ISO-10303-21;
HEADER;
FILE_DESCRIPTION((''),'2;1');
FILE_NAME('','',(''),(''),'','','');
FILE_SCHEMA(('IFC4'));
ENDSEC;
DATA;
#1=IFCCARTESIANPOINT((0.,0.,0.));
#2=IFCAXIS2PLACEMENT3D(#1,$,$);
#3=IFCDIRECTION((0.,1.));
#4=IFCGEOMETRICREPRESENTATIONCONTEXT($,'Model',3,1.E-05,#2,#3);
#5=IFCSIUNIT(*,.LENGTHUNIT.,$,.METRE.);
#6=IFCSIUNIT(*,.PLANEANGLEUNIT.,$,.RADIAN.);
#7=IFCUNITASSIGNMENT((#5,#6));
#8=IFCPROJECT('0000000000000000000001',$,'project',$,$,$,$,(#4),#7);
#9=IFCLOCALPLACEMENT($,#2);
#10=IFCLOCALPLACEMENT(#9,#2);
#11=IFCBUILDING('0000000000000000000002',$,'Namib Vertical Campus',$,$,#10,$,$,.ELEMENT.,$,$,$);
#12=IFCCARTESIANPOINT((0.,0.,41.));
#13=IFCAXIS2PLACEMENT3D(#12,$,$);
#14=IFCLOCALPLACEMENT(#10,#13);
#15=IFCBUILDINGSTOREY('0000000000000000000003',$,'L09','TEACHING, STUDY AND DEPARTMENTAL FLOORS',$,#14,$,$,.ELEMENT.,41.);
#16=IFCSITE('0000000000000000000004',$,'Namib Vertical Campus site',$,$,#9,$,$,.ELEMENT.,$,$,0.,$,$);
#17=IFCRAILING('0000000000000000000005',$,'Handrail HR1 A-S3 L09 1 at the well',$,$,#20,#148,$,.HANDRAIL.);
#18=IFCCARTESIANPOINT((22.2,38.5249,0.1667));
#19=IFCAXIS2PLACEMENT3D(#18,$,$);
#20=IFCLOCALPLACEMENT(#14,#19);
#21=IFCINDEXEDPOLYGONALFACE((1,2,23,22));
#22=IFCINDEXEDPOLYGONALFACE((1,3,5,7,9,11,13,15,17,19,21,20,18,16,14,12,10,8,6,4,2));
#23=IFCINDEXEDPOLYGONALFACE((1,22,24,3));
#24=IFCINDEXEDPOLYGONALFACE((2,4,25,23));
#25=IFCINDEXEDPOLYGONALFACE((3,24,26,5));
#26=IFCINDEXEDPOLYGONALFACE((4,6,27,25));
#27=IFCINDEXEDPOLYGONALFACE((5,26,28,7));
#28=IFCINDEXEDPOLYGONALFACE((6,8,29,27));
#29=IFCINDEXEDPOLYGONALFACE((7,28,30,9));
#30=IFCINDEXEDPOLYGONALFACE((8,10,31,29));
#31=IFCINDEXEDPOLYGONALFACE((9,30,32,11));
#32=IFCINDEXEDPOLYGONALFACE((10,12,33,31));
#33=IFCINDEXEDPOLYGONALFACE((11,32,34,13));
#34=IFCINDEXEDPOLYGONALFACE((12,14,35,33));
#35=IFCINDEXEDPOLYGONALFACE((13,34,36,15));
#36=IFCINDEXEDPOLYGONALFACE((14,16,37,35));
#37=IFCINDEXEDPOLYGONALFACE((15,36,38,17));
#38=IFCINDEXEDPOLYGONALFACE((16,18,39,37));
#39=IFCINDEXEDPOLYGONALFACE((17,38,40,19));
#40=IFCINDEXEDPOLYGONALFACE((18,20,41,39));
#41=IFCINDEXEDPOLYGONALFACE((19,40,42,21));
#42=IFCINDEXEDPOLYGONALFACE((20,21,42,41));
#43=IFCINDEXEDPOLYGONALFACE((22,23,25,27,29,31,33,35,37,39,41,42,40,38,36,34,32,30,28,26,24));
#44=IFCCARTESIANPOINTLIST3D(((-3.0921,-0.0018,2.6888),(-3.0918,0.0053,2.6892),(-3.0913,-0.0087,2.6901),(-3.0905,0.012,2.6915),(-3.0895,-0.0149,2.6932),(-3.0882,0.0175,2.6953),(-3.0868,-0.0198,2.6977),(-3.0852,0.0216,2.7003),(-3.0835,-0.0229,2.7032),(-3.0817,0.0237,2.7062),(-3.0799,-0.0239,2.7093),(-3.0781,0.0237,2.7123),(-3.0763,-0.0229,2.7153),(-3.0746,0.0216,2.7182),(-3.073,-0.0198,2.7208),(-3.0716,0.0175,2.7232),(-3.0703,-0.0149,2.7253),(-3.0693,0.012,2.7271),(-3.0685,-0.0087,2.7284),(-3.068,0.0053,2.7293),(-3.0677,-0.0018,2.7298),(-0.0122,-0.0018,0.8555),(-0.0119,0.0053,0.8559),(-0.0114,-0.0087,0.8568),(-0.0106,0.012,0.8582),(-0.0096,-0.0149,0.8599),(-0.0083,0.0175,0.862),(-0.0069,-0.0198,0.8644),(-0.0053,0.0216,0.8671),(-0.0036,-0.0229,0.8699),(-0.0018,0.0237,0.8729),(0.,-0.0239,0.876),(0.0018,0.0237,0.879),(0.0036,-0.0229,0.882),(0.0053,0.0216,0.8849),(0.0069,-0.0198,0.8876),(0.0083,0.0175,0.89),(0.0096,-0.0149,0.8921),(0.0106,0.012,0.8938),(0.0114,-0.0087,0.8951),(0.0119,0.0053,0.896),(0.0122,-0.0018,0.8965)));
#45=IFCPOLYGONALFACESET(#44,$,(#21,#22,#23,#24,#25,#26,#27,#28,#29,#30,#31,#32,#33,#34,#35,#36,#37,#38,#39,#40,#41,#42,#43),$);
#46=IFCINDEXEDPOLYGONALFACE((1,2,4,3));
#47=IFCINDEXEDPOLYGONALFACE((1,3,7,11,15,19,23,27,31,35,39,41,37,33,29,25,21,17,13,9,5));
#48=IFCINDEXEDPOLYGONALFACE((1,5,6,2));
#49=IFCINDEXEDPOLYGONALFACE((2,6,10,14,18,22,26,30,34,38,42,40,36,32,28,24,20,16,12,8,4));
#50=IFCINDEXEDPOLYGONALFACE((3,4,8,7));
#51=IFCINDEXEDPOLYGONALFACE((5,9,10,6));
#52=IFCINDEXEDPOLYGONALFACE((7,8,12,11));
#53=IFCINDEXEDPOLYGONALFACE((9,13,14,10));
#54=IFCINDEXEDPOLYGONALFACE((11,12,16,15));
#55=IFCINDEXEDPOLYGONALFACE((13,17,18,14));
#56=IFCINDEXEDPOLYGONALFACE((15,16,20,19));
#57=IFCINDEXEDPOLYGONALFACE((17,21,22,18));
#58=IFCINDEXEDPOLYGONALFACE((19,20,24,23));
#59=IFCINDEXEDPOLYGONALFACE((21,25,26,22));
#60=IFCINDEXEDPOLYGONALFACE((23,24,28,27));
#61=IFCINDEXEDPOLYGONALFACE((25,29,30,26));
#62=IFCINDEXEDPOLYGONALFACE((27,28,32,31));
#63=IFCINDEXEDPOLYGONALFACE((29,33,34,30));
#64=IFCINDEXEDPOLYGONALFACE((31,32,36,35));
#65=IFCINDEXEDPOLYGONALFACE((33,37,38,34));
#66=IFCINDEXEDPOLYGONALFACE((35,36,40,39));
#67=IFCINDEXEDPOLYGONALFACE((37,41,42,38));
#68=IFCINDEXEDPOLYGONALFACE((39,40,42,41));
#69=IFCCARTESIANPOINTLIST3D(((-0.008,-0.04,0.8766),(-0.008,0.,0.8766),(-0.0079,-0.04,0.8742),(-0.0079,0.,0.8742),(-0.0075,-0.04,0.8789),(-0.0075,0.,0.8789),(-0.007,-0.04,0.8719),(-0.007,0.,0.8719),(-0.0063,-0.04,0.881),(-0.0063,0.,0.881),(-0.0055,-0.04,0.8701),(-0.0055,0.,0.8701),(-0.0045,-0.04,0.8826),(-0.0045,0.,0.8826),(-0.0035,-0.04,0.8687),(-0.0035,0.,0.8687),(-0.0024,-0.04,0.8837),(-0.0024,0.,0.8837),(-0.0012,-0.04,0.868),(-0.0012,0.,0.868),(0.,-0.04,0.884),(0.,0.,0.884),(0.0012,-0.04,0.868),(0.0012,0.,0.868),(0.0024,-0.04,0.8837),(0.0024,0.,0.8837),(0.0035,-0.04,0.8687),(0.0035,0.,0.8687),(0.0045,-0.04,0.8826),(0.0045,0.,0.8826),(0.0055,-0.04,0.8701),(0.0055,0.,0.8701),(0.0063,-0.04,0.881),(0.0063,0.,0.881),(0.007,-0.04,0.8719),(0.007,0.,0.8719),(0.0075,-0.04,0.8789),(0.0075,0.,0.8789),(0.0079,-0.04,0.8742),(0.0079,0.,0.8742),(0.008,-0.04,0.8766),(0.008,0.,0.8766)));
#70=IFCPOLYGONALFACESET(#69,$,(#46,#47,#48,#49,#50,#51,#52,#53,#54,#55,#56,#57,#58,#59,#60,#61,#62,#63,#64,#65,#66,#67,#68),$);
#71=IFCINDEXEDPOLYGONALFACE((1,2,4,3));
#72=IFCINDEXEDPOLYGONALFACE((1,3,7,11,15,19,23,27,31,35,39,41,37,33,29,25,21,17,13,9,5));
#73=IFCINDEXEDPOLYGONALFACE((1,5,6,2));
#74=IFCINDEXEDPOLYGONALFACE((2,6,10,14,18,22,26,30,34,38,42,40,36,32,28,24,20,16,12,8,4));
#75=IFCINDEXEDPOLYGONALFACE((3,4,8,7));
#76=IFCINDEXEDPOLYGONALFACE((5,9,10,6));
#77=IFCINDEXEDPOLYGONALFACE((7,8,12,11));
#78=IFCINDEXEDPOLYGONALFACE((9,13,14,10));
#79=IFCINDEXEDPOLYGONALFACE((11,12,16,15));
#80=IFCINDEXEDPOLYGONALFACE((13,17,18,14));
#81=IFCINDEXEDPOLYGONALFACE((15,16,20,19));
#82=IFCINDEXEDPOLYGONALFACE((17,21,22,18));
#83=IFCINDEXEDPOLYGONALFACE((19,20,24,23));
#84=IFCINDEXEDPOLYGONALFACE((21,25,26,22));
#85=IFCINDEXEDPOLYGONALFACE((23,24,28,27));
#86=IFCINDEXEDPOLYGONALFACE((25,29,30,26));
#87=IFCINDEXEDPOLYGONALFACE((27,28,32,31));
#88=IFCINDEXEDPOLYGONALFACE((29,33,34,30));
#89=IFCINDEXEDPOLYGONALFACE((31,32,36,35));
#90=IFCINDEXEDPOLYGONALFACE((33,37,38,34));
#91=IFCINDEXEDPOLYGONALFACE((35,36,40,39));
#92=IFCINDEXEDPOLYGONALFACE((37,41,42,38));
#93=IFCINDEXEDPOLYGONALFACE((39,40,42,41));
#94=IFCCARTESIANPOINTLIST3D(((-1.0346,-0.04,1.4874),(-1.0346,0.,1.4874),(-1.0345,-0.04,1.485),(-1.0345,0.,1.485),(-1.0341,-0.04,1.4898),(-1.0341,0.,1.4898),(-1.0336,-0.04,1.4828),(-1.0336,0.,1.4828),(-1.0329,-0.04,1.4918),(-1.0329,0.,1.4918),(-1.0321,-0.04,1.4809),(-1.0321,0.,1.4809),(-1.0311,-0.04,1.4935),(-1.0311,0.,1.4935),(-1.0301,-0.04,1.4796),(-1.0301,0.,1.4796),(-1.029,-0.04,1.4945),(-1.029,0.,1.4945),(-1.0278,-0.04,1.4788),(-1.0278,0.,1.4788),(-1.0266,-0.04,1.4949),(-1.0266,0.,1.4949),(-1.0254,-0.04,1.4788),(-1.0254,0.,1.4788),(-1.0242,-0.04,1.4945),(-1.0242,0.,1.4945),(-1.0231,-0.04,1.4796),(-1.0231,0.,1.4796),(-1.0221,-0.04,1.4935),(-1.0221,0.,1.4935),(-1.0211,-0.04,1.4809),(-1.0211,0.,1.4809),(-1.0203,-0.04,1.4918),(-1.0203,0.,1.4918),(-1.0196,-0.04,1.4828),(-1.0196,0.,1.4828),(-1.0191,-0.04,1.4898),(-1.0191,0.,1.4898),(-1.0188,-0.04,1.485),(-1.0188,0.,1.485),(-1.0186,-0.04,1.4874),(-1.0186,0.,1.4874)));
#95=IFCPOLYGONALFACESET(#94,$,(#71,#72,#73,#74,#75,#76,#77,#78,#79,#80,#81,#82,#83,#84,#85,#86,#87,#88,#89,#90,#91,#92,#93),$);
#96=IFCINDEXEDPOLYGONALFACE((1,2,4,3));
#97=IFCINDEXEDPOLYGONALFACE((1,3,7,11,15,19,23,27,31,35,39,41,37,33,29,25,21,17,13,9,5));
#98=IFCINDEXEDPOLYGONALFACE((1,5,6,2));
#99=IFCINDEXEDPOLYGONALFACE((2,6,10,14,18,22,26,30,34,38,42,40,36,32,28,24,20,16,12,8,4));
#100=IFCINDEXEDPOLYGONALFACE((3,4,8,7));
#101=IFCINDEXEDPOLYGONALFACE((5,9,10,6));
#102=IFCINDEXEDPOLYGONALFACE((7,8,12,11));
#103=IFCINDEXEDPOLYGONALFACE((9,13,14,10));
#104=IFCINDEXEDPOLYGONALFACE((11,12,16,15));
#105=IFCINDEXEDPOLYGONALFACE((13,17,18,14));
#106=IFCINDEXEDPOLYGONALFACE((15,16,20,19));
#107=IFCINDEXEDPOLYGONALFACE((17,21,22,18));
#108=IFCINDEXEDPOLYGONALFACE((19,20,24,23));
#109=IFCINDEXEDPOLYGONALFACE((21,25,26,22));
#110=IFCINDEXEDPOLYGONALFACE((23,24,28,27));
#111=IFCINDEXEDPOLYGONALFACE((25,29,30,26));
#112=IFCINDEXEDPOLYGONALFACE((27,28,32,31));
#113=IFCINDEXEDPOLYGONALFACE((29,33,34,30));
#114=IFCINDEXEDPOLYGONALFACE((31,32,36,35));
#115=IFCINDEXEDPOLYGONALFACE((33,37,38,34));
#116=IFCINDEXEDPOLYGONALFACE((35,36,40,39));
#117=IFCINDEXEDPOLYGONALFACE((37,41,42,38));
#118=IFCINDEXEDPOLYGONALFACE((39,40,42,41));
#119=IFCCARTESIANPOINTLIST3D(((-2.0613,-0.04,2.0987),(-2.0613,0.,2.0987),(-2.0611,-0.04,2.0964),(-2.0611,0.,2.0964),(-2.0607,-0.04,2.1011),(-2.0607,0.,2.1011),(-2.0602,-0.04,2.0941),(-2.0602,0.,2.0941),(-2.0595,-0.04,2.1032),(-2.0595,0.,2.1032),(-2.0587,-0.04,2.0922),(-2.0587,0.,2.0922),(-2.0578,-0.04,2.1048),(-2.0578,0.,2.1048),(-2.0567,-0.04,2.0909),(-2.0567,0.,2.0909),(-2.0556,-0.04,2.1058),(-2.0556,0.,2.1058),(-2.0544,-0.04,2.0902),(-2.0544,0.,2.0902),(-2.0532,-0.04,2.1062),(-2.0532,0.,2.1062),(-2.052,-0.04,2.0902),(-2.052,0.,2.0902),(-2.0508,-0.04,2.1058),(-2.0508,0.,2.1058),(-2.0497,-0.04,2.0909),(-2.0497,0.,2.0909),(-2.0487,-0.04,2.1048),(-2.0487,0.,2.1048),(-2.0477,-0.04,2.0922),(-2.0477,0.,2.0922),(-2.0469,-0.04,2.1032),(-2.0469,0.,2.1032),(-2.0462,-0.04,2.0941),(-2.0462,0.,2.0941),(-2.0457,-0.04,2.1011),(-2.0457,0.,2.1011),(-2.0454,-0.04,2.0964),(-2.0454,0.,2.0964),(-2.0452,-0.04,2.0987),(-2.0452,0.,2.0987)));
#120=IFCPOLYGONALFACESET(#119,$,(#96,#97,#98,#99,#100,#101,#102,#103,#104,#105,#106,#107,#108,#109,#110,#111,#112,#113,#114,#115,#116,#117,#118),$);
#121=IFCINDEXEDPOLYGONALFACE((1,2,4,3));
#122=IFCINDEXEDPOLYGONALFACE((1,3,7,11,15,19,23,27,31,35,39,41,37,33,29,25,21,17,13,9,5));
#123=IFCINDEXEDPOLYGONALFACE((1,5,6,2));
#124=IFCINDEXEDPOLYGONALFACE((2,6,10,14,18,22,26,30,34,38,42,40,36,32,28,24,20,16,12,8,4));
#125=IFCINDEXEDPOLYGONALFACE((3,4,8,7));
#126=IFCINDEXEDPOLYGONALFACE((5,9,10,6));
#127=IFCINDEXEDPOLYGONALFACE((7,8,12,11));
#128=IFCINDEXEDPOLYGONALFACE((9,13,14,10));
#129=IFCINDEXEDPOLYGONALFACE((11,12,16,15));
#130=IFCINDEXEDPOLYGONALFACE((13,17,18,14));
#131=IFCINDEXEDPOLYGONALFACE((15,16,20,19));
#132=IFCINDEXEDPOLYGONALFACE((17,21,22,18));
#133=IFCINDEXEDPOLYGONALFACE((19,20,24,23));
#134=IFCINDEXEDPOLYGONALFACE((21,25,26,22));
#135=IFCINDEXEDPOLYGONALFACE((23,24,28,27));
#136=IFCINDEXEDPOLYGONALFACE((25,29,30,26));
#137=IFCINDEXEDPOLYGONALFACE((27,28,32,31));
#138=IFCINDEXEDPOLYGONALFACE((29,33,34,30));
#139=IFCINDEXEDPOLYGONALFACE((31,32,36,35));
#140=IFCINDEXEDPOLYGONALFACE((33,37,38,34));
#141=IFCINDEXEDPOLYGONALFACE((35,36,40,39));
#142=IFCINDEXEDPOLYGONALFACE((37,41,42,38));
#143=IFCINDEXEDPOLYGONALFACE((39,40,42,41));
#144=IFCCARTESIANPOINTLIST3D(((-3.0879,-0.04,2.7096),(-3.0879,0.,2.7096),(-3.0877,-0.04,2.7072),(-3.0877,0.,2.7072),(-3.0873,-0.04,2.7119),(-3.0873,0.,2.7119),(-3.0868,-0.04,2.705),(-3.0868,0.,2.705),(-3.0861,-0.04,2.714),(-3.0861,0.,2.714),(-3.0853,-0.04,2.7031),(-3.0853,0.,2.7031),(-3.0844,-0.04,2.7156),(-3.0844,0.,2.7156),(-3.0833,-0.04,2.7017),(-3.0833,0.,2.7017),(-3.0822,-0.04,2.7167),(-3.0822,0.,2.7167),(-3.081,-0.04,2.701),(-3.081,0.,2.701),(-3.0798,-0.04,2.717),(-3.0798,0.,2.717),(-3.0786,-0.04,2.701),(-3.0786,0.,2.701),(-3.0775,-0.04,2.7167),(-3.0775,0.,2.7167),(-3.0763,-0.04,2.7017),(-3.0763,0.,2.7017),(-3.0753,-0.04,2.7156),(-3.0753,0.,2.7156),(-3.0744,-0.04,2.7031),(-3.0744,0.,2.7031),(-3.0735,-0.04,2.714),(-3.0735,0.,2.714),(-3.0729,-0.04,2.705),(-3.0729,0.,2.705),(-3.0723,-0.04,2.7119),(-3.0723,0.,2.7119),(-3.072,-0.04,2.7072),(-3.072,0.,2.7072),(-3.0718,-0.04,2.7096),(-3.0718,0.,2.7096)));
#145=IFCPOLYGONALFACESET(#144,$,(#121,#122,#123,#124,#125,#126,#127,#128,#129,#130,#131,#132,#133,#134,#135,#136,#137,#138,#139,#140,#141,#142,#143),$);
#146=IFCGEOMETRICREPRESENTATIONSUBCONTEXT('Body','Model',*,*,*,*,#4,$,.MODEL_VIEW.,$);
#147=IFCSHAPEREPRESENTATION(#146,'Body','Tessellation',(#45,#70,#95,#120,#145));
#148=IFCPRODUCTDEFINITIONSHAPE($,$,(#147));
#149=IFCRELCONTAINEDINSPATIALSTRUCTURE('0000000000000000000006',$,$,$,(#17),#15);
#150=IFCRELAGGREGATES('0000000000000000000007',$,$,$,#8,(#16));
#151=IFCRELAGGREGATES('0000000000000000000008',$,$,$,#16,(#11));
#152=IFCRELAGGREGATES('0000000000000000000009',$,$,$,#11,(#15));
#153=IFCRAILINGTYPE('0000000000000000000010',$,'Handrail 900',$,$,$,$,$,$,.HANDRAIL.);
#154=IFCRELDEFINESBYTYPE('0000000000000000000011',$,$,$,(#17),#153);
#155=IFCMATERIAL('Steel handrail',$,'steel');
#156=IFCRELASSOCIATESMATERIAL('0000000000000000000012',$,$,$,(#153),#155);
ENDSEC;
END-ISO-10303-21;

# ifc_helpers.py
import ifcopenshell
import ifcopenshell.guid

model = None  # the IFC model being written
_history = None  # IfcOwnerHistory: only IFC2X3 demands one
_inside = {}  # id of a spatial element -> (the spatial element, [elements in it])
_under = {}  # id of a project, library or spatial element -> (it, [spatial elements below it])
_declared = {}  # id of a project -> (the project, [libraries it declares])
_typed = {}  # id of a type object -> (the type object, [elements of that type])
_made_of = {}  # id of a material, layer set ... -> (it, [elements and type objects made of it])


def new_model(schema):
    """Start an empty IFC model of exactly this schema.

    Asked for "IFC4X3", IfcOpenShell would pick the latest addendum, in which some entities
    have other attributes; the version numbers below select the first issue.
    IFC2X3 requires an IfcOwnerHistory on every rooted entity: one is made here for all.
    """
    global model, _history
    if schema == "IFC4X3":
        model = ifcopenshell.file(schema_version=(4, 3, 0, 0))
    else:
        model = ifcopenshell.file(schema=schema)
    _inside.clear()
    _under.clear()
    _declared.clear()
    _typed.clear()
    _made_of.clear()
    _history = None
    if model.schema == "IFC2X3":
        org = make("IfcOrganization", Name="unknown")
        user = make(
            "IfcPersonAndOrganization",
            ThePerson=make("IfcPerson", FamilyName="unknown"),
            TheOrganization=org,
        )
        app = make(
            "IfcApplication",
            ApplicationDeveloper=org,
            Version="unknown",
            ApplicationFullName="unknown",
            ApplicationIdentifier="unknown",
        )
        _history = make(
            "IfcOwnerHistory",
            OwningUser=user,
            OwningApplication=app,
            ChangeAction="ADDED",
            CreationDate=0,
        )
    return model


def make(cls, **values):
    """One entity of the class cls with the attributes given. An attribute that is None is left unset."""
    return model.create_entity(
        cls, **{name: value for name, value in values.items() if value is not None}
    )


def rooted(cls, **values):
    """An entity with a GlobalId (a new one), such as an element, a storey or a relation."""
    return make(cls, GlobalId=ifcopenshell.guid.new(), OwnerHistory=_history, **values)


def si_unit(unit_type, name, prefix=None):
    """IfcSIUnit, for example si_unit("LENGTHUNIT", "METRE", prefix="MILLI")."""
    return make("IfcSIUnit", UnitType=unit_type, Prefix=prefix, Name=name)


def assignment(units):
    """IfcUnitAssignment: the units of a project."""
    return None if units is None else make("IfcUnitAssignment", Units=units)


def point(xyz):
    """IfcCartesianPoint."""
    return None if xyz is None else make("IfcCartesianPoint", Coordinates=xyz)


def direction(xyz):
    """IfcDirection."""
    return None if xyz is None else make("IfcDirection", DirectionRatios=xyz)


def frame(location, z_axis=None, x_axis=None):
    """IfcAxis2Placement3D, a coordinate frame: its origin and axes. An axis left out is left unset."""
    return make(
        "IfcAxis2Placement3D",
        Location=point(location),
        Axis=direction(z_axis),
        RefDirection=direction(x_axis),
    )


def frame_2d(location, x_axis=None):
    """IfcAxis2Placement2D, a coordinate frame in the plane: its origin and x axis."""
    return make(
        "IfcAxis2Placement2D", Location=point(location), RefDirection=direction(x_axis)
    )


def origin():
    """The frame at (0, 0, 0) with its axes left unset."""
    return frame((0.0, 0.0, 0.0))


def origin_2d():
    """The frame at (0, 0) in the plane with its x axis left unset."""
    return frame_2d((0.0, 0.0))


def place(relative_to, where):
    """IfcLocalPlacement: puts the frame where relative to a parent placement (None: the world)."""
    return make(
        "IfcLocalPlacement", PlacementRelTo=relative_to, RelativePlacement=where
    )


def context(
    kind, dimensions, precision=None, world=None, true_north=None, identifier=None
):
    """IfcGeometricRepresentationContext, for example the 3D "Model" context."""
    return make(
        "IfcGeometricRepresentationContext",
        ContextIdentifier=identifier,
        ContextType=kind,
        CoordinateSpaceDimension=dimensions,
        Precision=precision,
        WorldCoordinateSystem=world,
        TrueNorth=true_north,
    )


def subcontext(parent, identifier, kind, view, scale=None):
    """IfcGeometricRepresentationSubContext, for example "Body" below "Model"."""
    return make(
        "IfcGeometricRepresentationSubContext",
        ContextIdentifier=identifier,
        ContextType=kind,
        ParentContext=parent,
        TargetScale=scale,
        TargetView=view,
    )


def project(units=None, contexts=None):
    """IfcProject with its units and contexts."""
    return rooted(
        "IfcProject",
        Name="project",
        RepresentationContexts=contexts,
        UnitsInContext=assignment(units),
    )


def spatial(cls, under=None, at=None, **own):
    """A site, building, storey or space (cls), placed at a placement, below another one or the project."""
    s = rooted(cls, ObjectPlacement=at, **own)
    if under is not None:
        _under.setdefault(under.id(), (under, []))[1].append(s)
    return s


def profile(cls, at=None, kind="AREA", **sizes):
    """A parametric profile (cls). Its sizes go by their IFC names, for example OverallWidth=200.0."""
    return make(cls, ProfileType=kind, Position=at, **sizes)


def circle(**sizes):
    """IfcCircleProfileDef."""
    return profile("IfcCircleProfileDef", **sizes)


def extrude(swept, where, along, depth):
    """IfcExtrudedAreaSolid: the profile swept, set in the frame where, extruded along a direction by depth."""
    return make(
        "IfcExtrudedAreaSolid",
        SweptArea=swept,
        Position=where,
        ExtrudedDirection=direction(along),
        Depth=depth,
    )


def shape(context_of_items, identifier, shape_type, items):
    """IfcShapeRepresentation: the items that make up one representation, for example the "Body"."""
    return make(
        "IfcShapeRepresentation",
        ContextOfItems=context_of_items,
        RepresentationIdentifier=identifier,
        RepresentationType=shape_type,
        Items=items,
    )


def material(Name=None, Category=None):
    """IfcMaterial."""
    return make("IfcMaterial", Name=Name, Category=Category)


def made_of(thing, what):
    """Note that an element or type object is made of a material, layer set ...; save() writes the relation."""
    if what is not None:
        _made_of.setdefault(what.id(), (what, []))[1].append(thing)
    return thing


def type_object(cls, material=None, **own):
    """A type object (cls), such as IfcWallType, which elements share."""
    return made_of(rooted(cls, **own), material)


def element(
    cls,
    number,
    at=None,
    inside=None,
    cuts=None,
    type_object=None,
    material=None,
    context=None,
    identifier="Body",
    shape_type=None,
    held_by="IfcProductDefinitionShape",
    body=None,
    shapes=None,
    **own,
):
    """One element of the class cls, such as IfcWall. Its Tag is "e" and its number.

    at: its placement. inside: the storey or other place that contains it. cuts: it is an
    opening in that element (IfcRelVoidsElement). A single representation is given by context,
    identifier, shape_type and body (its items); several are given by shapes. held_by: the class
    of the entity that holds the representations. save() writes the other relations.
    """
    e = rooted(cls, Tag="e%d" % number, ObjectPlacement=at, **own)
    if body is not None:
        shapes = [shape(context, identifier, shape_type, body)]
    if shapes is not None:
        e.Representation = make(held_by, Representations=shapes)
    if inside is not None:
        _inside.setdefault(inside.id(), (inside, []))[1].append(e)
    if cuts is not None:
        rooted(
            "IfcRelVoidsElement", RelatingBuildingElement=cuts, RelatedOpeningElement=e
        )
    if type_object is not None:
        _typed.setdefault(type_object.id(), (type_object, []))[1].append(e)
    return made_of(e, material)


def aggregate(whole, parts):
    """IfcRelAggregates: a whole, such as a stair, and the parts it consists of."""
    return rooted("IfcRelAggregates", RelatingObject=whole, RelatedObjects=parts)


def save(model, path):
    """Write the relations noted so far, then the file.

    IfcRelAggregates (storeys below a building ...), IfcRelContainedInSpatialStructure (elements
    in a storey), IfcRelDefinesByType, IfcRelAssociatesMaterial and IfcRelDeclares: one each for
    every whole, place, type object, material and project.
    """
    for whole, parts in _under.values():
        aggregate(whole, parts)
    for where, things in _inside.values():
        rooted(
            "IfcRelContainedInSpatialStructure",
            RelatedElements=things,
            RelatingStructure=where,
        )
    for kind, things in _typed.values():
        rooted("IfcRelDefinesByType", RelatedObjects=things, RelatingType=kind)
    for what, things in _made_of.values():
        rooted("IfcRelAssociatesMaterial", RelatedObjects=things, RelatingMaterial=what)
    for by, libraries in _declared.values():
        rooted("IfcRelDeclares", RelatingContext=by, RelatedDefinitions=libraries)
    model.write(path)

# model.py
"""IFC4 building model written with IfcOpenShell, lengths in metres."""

from ifc_helpers import new_model, si_unit, direction, frame, origin, origin_2d, place, context, subcontext, project, spatial, circle, extrude, material, type_object, element, save


model = new_model("IFC4")

# Units and contexts
model_context = context("Model", 3, precision=1e-05, world=origin(), true_north=direction((0.0, 1.0)))
body_context = subcontext(model_context, "Body", "Model", "MODEL_VIEW")
ifc_project = project(units=[si_unit("LENGTHUNIT", "METRE"), si_unit("PLANEANGLEUNIT", "RADIAN")], contexts=[model_context])

# Site, building, storey
site_placement = place(None, origin())
site = spatial("IfcSite", under=ifc_project, at=site_placement, Name="Namib Vertical Campus site", CompositionType="ELEMENT", RefElevation=0.0)
building_placement = place(site_placement, origin())
building = spatial("IfcBuilding", under=site, at=building_placement, Name="Namib Vertical Campus", CompositionType="ELEMENT")
storey_placement = place(building_placement, frame((0.0, 0.0, 41.0)))
storey = spatial("IfcBuildingStorey", under=building, at=storey_placement, Name="L09", Description="TEACHING, STUDY AND DEPARTMENTAL FLOORS", CompositionType="ELEMENT", Elevation=41.0)

# Railing
ifc_material_1 = material(Name="Steel handrail", Category="steel")
railing_type_1 = type_object("IfcRailingType", Name="Handrail 900", PredefinedType="HANDRAIL", material=ifc_material_1)
railing_1_placement = place(storey_placement, frame((22.2, 38.5249, 0.1667)))
element("IfcRailing", 1, at=railing_1_placement, inside=storey, type_object=railing_type_1, Name="Handrail HR1 A-S3 L09 1 at the well", PredefinedType="HANDRAIL", context=body_context, shape_type="SweptSolid", body=[
    extrude(circle(Radius=0.0239, at=origin_2d()), frame((0.0, 0.0, 0.876), z_axis=(-0.859291, 0.0, 0.511487), x_axis=(0.0, -1.0, 0.0)), (0.0, 0.0, 1.0), 3.5842),
    extrude(circle(Radius=0.0081, at=origin_2d()), frame((0.0, 0.0, 0.876), z_axis=(0.0, -1.0, 0.0), x_axis=(0.0, 0.0, 1.0)), (0.0, 0.0, 1.0), 0.04),
    extrude(circle(Radius=0.0081, at=origin_2d()), frame((-1.0266, 0.0, 1.4868), z_axis=(0.0, -1.0, 0.0), x_axis=(0.0, 0.0, 1.0)), (0.0, 0.0, 1.0), 0.04),
    extrude(circle(Radius=0.0081, at=origin_2d()), frame((-2.0532, 0.0, 2.0981), z_axis=(0.0, -1.0, 0.0), x_axis=(0.0, 0.0, 1.0)), (0.0, 0.0, 1.0), 0.04),
    extrude(circle(Radius=0.0081, at=origin_2d()), frame((-3.0798, 0.0, 2.709), z_axis=(0.0, -1.0, 0.0), x_axis=(0.0, 0.0, 1.0)), (0.0, 0.0, 1.0), 0.04),
])

save(model, "model.ifc")
